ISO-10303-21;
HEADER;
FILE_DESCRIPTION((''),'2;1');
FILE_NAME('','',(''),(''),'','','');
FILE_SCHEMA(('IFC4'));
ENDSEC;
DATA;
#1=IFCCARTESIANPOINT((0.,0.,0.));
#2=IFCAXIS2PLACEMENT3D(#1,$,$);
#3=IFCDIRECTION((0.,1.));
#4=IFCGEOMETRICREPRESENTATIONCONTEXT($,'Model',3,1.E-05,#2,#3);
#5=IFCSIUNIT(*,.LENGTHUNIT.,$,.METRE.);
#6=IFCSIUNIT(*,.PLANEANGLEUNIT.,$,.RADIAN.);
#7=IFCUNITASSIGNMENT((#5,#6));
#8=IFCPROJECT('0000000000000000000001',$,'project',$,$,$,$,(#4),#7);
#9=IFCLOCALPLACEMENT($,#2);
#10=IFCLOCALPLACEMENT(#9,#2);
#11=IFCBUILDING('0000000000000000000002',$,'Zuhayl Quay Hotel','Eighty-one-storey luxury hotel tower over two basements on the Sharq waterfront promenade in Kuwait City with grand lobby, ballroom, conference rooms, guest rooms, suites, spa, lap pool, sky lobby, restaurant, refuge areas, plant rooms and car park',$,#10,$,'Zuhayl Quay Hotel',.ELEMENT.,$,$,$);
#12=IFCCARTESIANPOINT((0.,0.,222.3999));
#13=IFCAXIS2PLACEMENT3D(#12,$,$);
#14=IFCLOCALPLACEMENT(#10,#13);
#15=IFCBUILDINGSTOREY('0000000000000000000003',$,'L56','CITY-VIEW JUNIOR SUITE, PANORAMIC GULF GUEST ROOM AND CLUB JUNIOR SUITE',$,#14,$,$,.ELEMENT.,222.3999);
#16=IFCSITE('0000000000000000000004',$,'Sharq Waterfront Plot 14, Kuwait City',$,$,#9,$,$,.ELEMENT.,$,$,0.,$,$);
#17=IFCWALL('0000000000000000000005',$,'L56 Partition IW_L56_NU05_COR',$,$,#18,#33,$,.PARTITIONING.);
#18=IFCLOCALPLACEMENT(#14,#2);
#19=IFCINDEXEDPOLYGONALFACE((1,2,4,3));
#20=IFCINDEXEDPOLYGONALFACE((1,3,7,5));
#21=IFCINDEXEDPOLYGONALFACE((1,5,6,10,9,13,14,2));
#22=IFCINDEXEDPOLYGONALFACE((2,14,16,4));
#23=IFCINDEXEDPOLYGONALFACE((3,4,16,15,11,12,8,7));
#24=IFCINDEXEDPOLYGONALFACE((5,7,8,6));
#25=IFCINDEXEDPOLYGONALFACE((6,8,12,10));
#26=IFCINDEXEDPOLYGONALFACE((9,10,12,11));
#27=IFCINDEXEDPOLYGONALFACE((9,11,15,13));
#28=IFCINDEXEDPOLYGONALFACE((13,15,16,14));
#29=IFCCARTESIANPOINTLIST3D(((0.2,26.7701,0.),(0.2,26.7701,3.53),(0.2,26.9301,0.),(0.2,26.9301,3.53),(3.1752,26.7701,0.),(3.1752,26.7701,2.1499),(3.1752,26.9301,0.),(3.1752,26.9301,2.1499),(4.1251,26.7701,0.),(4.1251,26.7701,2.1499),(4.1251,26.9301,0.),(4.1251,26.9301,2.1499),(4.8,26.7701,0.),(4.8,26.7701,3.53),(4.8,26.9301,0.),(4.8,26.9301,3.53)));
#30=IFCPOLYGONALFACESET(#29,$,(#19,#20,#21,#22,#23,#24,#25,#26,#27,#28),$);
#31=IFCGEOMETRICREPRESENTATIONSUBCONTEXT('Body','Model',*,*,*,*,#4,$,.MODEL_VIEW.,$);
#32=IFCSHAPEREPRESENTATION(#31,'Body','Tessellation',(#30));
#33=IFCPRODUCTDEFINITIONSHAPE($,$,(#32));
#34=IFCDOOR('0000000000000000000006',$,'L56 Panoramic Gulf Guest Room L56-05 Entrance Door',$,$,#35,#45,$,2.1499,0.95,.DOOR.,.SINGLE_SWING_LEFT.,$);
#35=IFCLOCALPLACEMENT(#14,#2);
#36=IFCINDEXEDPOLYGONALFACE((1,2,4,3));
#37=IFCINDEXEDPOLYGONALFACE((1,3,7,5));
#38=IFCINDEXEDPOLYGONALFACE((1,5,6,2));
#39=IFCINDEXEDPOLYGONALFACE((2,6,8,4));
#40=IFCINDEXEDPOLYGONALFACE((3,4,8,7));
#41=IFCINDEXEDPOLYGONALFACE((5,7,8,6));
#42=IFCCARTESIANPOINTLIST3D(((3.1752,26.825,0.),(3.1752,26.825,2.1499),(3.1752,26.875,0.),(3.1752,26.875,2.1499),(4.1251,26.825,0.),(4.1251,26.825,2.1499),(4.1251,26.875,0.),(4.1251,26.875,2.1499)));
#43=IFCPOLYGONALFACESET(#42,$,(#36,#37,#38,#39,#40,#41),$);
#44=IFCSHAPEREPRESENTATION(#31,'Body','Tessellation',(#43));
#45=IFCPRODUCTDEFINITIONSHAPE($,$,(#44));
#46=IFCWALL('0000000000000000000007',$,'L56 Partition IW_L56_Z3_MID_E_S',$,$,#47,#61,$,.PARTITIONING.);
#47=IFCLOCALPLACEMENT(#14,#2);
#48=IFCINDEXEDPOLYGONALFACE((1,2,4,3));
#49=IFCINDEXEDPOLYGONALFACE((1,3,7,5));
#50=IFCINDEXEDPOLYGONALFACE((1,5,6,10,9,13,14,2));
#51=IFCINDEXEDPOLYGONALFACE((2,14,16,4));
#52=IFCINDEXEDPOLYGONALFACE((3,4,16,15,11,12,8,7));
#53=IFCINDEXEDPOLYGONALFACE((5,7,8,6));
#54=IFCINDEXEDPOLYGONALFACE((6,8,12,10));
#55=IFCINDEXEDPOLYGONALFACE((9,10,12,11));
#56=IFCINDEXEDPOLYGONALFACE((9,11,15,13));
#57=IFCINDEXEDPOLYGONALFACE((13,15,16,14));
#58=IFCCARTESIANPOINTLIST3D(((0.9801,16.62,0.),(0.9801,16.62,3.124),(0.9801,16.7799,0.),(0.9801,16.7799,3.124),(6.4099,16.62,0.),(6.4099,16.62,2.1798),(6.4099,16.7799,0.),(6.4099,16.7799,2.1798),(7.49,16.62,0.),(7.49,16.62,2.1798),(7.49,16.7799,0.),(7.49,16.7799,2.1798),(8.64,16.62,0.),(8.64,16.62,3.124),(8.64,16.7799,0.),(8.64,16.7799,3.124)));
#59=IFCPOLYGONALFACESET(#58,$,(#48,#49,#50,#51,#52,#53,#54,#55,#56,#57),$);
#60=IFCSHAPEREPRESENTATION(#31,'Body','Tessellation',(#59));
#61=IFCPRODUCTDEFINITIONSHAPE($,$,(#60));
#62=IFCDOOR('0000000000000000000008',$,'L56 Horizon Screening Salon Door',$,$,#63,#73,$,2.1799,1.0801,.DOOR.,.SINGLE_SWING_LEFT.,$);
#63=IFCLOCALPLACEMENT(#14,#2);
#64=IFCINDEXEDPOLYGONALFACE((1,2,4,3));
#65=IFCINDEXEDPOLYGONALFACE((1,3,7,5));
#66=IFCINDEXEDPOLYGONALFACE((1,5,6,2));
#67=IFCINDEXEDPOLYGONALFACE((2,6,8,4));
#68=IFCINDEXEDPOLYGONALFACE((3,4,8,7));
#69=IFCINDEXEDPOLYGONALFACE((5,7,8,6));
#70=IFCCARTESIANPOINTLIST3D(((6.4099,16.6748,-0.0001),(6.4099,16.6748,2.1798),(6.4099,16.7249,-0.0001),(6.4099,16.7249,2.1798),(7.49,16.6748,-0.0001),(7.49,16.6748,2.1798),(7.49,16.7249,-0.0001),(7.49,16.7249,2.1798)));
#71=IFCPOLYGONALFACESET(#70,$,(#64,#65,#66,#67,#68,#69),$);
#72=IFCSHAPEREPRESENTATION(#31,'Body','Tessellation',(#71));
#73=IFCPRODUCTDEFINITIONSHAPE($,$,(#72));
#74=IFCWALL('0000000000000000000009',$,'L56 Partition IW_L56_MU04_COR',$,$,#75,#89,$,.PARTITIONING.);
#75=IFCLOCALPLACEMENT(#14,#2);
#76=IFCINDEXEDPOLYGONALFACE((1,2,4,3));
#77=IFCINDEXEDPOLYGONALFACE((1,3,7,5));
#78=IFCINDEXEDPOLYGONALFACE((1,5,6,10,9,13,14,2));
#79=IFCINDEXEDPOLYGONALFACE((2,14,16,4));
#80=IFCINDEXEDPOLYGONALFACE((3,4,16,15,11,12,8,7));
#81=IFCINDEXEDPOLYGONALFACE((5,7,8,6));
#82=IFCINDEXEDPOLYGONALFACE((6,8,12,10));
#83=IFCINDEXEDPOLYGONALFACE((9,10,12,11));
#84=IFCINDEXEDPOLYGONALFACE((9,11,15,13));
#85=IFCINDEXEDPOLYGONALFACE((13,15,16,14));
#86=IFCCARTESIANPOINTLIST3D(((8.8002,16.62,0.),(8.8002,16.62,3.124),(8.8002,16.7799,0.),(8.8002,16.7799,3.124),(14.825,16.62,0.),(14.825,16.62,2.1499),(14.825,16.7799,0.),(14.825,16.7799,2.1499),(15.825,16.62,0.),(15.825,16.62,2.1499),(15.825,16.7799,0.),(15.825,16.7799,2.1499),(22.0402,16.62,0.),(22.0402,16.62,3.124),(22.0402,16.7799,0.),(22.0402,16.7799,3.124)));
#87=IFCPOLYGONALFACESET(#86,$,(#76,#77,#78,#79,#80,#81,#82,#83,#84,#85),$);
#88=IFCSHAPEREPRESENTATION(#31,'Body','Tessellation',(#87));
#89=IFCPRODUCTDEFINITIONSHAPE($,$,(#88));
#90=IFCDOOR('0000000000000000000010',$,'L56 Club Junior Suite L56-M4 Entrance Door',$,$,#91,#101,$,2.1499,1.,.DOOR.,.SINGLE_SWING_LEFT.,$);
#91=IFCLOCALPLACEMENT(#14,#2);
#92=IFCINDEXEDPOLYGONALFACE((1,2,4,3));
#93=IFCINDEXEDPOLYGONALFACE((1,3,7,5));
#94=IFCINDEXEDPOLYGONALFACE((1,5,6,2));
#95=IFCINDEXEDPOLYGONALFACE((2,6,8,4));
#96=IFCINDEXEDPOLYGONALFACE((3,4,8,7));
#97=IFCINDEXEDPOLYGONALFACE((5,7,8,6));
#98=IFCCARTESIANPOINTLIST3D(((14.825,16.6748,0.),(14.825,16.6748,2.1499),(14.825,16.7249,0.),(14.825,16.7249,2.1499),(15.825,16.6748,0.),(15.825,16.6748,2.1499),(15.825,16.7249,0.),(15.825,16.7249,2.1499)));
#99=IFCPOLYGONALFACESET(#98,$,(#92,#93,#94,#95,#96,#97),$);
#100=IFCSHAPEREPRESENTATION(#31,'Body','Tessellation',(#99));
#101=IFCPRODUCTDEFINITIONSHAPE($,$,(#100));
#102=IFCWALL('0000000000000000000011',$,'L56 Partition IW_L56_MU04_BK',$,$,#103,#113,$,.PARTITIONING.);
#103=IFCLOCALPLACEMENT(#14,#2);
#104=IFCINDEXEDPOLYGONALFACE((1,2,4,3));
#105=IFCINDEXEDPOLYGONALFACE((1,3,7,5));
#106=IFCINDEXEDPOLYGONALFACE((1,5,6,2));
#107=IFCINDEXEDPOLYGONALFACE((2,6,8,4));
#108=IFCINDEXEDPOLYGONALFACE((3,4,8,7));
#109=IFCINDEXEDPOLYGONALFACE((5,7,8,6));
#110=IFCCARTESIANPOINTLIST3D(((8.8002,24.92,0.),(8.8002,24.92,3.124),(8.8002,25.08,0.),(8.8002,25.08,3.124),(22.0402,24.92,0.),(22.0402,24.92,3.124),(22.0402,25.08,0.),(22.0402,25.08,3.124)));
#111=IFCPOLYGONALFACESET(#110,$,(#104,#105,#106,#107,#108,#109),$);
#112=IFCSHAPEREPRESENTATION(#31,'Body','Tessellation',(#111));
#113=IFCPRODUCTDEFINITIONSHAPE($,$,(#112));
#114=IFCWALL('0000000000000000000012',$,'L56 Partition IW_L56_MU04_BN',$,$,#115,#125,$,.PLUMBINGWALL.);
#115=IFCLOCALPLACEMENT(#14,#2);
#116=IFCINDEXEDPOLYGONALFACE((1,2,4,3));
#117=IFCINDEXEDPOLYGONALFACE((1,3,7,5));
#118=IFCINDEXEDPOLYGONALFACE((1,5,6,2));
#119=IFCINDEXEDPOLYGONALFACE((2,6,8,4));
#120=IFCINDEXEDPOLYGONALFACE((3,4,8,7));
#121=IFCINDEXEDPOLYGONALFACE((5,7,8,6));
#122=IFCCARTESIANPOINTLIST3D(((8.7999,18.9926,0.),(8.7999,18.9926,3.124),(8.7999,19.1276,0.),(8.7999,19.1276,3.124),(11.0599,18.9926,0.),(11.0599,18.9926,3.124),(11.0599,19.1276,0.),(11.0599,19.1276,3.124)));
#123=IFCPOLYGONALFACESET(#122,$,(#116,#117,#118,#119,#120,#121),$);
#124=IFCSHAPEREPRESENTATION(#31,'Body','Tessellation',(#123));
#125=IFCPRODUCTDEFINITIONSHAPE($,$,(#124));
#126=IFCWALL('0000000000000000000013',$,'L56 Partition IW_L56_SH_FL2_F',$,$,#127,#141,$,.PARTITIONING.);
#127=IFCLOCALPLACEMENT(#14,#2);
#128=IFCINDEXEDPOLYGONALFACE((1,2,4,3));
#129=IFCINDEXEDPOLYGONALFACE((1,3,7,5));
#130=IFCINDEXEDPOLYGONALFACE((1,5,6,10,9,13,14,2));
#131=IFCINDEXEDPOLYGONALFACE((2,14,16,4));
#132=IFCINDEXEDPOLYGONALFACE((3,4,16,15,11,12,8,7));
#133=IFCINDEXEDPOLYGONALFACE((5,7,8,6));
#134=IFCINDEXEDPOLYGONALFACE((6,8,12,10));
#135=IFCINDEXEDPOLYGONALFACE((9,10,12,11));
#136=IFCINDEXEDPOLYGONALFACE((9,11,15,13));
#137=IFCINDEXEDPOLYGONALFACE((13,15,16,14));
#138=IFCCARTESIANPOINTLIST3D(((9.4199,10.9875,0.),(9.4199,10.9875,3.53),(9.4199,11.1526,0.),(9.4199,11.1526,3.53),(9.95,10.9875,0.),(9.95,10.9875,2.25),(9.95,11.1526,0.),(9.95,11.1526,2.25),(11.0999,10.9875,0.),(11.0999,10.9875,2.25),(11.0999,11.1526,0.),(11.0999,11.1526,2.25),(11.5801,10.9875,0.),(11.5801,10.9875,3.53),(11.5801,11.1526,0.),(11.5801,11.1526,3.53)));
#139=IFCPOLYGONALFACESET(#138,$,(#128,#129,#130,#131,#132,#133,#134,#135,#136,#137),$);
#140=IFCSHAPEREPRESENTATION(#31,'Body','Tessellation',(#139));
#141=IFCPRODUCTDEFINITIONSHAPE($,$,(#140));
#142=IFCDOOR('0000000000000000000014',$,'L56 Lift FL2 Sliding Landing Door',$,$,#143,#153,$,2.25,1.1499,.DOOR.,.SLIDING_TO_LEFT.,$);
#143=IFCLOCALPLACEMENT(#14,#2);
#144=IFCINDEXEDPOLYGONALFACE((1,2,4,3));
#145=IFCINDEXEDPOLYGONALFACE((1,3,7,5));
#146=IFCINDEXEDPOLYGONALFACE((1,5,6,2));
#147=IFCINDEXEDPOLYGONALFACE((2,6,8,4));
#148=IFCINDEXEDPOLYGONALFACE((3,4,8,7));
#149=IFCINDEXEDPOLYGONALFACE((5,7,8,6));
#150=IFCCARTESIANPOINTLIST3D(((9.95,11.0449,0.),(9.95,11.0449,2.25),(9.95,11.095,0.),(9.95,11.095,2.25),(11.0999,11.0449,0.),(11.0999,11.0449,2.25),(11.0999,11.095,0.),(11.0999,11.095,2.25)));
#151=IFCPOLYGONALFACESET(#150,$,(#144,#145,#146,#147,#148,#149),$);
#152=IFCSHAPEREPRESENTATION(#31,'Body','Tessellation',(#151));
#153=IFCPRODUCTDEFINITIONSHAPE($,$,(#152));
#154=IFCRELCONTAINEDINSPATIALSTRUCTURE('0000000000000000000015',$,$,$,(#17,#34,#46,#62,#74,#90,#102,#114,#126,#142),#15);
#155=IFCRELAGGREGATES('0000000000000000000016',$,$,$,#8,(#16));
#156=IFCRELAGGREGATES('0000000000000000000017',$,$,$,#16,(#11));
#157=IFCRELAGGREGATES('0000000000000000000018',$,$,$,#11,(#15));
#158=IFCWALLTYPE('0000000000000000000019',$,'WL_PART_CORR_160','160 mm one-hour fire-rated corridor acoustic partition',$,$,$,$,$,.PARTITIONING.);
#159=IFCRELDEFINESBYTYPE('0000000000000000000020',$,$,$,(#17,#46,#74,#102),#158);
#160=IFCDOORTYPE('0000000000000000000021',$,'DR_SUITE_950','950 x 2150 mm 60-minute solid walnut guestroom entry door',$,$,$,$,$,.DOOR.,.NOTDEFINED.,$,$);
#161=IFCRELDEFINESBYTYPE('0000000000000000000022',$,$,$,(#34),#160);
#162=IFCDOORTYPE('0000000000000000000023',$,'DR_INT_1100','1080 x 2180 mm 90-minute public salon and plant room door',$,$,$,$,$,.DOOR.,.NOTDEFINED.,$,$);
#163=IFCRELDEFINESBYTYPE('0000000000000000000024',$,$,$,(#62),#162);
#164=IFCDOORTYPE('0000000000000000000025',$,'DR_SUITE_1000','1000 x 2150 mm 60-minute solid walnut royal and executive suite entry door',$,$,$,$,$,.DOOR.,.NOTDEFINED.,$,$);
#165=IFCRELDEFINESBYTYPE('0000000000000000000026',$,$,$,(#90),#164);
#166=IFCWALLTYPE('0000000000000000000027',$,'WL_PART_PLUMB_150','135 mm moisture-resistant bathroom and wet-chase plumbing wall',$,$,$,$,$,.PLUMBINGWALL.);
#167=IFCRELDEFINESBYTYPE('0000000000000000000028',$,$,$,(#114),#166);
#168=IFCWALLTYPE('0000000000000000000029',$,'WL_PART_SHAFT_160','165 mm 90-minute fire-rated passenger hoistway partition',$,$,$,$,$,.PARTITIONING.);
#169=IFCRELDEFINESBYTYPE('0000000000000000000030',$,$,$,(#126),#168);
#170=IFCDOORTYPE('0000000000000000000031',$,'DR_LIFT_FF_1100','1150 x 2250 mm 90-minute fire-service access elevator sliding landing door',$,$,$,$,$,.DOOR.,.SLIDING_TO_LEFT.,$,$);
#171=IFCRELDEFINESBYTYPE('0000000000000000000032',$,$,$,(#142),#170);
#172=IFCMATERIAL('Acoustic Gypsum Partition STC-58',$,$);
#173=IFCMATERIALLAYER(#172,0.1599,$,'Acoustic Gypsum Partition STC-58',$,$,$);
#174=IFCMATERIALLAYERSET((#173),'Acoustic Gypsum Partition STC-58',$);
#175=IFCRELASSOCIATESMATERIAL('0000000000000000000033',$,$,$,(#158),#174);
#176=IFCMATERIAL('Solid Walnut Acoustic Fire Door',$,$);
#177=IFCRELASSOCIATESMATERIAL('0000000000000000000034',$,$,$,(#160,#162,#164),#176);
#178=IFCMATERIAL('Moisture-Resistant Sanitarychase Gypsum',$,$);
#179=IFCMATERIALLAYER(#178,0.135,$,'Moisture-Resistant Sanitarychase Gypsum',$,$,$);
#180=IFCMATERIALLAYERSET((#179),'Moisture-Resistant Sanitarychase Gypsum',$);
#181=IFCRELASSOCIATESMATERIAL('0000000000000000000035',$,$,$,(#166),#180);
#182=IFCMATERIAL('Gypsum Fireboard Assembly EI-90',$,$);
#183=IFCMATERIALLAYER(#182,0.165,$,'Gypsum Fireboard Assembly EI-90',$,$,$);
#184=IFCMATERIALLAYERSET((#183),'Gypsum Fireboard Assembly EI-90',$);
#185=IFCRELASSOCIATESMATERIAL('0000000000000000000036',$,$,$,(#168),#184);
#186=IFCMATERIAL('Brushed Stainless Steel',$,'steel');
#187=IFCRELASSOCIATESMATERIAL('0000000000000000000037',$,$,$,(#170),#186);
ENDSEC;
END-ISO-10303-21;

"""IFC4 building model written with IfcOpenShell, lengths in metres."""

from ifc_helpers import new_model, si_unit, direction, frame, frame_2d, origin, place, context, subcontext, project, spatial, rectangle, extrude, material, layer, layer_set, type_object, element, fill, save


model = new_model("IFC4")

# Units and contexts
model_context = context("Model", 3, precision=1e-05, world=origin(), true_north=direction((0.0, 1.0)))
body_context = subcontext(model_context, "Body", "Model", "MODEL_VIEW")
ifc_project = project(units=[si_unit("LENGTHUNIT", "METRE"), si_unit("PLANEANGLEUNIT", "RADIAN")], contexts=[model_context])

# Site, building, storey
site_placement = place(None, origin())
site = spatial("IfcSite", under=ifc_project, at=site_placement, Name="Sharq Waterfront Plot 14, Kuwait City", CompositionType="ELEMENT", RefElevation=0.0)
building_placement = place(site_placement, origin())
building = spatial("IfcBuilding", under=site, at=building_placement, Name="Zuhayl Quay Hotel", Description="Eighty-one-storey luxury hotel tower over two basements on the Sharq waterfront promenade in Kuwait City with grand lobby, ballroom, conference rooms, guest rooms, suites, spa, lap pool, sky lobby, restaurant, refuge areas, plant rooms and car park", LongName="Zuhayl Quay Hotel", CompositionType="ELEMENT")
storey_placement = place(building_placement, frame((0.0, 0.0, 222.3999)))
storey = spatial("IfcBuildingStorey", under=building, at=storey_placement, Name="L56", Description="CITY-VIEW JUNIOR SUITE, PANORAMIC GULF GUEST ROOM AND CLUB JUNIOR SUITE", CompositionType="ELEMENT", Elevation=222.3999)

# Shared definitions
ifc_material_1 = material(Name="Acoustic Gypsum Partition STC-58")

# Walls, openings, doors
ifc_layer_1 = layer(ifc_material_1, 0.1599, Name="Acoustic Gypsum Partition STC-58")
ifc_layer_set_1 = layer_set([ifc_layer_1], Name="Acoustic Gypsum Partition STC-58")
wall_type_1 = type_object("IfcWallType", Name="WL_PART_CORR_160", Description="160 mm one-hour fire-rated corridor acoustic partition", PredefinedType="PARTITIONING", material=ifc_layer_set_1)
wall_1_placement = place(storey_placement, frame((0.2, 26.8501, 0.0), z_axis=(0.0, 0.0, 1.0), x_axis=(1.0, 0.0, 0.0)))
wall_1 = element("IfcWall", 1, at=wall_1_placement, inside=storey, type_object=wall_type_1, Name="L56 Partition IW_L56_NU05_COR", PredefinedType="PARTITIONING", context=body_context, shape_type="SweptSolid", body=[
    extrude(rectangle(XDim=4.6001, YDim=0.1599, at=frame_2d((2.3, 0.0))), origin(), (0.0, 0.0, 1.0), 3.53),
])
opening_1_placement = place(wall_1_placement, frame((2.9751, 0.0, 0.0)))
opening_1 = element("IfcOpeningElement", 2, at=opening_1_placement, cuts=wall_1, PredefinedType="OPENING", context=body_context, shape_type="SweptSolid", body=[
    extrude(rectangle(XDim=0.95, YDim=2.1499, at=frame_2d((0.4751, 1.075))), frame((0.0, 0.0898, 0.0), z_axis=(0.0, -1.0, 0.0), x_axis=(1.0, 0.0, 0.0)), (0.0, 0.0, 1.0), 0.1799),
])
ifc_material_2 = material(Name="Solid Walnut Acoustic Fire Door")
door_type_1 = type_object("IfcDoorType", Name="DR_SUITE_950", Description="950 x 2150 mm 60-minute solid walnut guestroom entry door", OperationType="NOTDEFINED", PredefinedType="DOOR", material=ifc_material_2)
door_1_placement = place(opening_1_placement, origin())
door_1 = element("IfcDoor", 3, at=door_1_placement, inside=storey, type_object=door_type_1, Name="L56 Panoramic Gulf Guest Room L56-05 Entrance Door", OperationType="SINGLE_SWING_LEFT", OverallHeight=2.1499, OverallWidth=0.95, PredefinedType="DOOR", context=body_context, shape_type="SweptSolid", body=[
    extrude(rectangle(XDim=0.95, YDim=2.1499, at=frame_2d((0.4751, 1.075))), frame((0.0, 0.0249, 0.0), z_axis=(0.0, -1.0, 0.0), x_axis=(1.0, 0.0, 0.0)), (0.0, 0.0, 1.0), 0.05),
])
fill(opening_1, door_1)
wall_2_placement = place(storey_placement, frame((0.98, 16.7, 0.0), z_axis=(0.0, 0.0, 1.0), x_axis=(1.0, 0.0, 0.0)))
wall_2 = element("IfcWall", 4, at=wall_2_placement, inside=storey, type_object=wall_type_1, Name="L56 Partition IW_L56_Z3_MID_E_S", PredefinedType="PARTITIONING", context=body_context, shape_type="SweptSolid", body=[
    extrude(rectangle(XDim=7.6599, YDim=0.1599, at=frame_2d((3.8301, 0.0))), origin(), (0.0, 0.0, 1.0), 3.124),
])
opening_2_placement = place(wall_2_placement, frame((5.4299, 0.0, 0.0)))
opening_2 = element("IfcOpeningElement", 5, at=opening_2_placement, cuts=wall_2, PredefinedType="OPENING", context=body_context, shape_type="SweptSolid", body=[
    extrude(rectangle(XDim=1.0801, YDim=2.1799, at=frame_2d((0.54, 1.0898))), frame((0.0, 0.0898, 0.0), z_axis=(0.0, -1.0, 0.0), x_axis=(1.0, 0.0, 0.0)), (0.0, 0.0, 1.0), 0.1799),
])
door_type_2 = type_object("IfcDoorType", Name="DR_INT_1100", Description="1080 x 2180 mm 90-minute public salon and plant room door", OperationType="NOTDEFINED", PredefinedType="DOOR", material=ifc_material_2)
door_2_placement = place(opening_2_placement, origin())
door_2 = element("IfcDoor", 6, at=door_2_placement, inside=storey, type_object=door_type_2, Name="L56 Horizon Screening Salon Door", OperationType="SINGLE_SWING_LEFT", OverallHeight=2.1799, OverallWidth=1.0801, PredefinedType="DOOR", context=body_context, shape_type="SweptSolid", body=[
    extrude(rectangle(XDim=1.0801, YDim=2.1799, at=frame_2d((0.54, 1.0898))), frame((0.0, 0.0249, 0.0), z_axis=(0.0, -1.0, 0.0), x_axis=(1.0, 0.0, 0.0)), (0.0, 0.0, 1.0), 0.05),
])
fill(opening_2, door_2)
wall_3_placement = place(storey_placement, frame((8.8, 16.7, 0.0), z_axis=(0.0, 0.0, 1.0), x_axis=(1.0, 0.0, 0.0)))
wall_3 = element("IfcWall", 7, at=wall_3_placement, inside=storey, type_object=wall_type_1, Name="L56 Partition IW_L56_MU04_COR", PredefinedType="PARTITIONING", context=body_context, shape_type="SweptSolid", body=[
    extrude(rectangle(XDim=13.24, YDim=0.1599, at=frame_2d((6.6201, 0.0))), origin(), (0.0, 0.0, 1.0), 3.124),
])
opening_3_placement = place(wall_3_placement, frame((6.0249, 0.0, 0.0)))
opening_3 = element("IfcOpeningElement", 8, at=opening_3_placement, cuts=wall_3, PredefinedType="OPENING", context=body_context, shape_type="SweptSolid", body=[
    extrude(rectangle(XDim=1.0, YDim=2.1499, at=frame_2d((0.5, 1.075))), frame((0.0, 0.0898, 0.0), z_axis=(0.0, -1.0, 0.0), x_axis=(1.0, 0.0, 0.0)), (0.0, 0.0, 1.0), 0.1799),
])
door_type_3 = type_object("IfcDoorType", Name="DR_SUITE_1000", Description="1000 x 2150 mm 60-minute solid walnut royal and executive suite entry door", OperationType="NOTDEFINED", PredefinedType="DOOR", material=ifc_material_2)
door_3_placement = place(opening_3_placement, origin())
door_3 = element("IfcDoor", 9, at=door_3_placement, inside=storey, type_object=door_type_3, Name="L56 Club Junior Suite L56-M4 Entrance Door", OperationType="SINGLE_SWING_LEFT", OverallHeight=2.1499, OverallWidth=1.0, PredefinedType="DOOR", context=body_context, shape_type="SweptSolid", body=[
    extrude(rectangle(XDim=1.0, YDim=2.1499, at=frame_2d((0.5, 1.075))), frame((0.0, 0.0249, 0.0), z_axis=(0.0, -1.0, 0.0), x_axis=(1.0, 0.0, 0.0)), (0.0, 0.0, 1.0), 0.05),
])
fill(opening_3, door_3)

# Walls
wall_4_placement = place(storey_placement, frame((8.8, 25.0, 0.0), z_axis=(0.0, 0.0, 1.0), x_axis=(1.0, 0.0, 0.0)))
element("IfcWall", 10, at=wall_4_placement, inside=storey, type_object=wall_type_1, Name="L56 Partition IW_L56_MU04_BK", PredefinedType="PARTITIONING", context=body_context, shape_type="SweptSolid", body=[
    extrude(rectangle(XDim=13.24, YDim=0.1599, at=frame_2d((6.6201, 0.0))), origin(), (0.0, 0.0, 1.0), 3.124),
])
ifc_material_3 = material(Name="Moisture-Resistant Sanitarychase Gypsum")
ifc_layer_2 = layer(ifc_material_3, 0.135, Name="Moisture-Resistant Sanitarychase Gypsum")
ifc_layer_set_2 = layer_set([ifc_layer_2], Name="Moisture-Resistant Sanitarychase Gypsum")
wall_type_2 = type_object("IfcWallType", Name="WL_PART_PLUMB_150", Description="135 mm moisture-resistant bathroom and wet-chase plumbing wall", PredefinedType="PLUMBINGWALL", material=ifc_layer_set_2)
wall_5_placement = place(storey_placement, frame((8.8, 19.0601, 0.0), z_axis=(0.0, 0.0, 1.0), x_axis=(1.0, 0.0, 0.0)))
element("IfcWall", 11, at=wall_5_placement, inside=storey, type_object=wall_type_2, Name="L56 Partition IW_L56_MU04_BN", PredefinedType="PLUMBINGWALL", context=body_context, shape_type="SweptSolid", body=[
    extrude(rectangle(XDim=2.26, YDim=0.135, at=frame_2d((1.1299, 0.0))), origin(), (0.0, 0.0, 1.0), 3.124),
])

# Wall, opening, door
ifc_material_4 = material(Name="Gypsum Fireboard Assembly EI-90")
ifc_layer_3 = layer(ifc_material_4, 0.165, Name="Gypsum Fireboard Assembly EI-90")
ifc_layer_set_3 = layer_set([ifc_layer_3], Name="Gypsum Fireboard Assembly EI-90")
wall_type_3 = type_object("IfcWallType", Name="WL_PART_SHAFT_160", Description="165 mm 90-minute fire-rated passenger hoistway partition", PredefinedType="PARTITIONING", material=ifc_layer_set_3)
wall_6_placement = place(storey_placement, frame((9.4199, 11.0701, 0.0), z_axis=(0.0, 0.0, 1.0), x_axis=(1.0, 0.0, 0.0)))
wall_6 = element("IfcWall", 12, at=wall_6_placement, inside=storey, type_object=wall_type_3, Name="L56 Partition IW_L56_SH_FL2_F", PredefinedType="PARTITIONING", context=body_context, shape_type="SweptSolid", body=[
    extrude(rectangle(XDim=2.1602, YDim=0.165, at=frame_2d((1.0801, 0.0))), origin(), (0.0, 0.0, 1.0), 3.53),
])
opening_4_placement = place(wall_6_placement, frame((0.53, 0.0, 0.0)))
opening_4 = element("IfcOpeningElement", 13, at=opening_4_placement, cuts=wall_6, PredefinedType="OPENING", context=body_context, shape_type="SweptSolid", body=[
    extrude(rectangle(XDim=1.1499, YDim=2.25, at=frame_2d((0.575, 1.125))), frame((0.0, 0.0925, 0.0), z_axis=(0.0, -1.0, 0.0), x_axis=(1.0, 0.0, 0.0)), (0.0, 0.0, 1.0), 0.1851),
])
ifc_material_5 = material(Name="Brushed Stainless Steel", Category="steel")
door_type_4 = type_object("IfcDoorType", Name="DR_LIFT_FF_1100", Description="1150 x 2250 mm 90-minute fire-service access elevator sliding landing door", OperationType="SLIDING_TO_LEFT", PredefinedType="DOOR", material=ifc_material_5)
door_4_placement = place(opening_4_placement, origin())
door_4 = element("IfcDoor", 14, at=door_4_placement, inside=storey, type_object=door_type_4, Name="L56 Lift FL2 Sliding Landing Door", OperationType="SLIDING_TO_LEFT", OverallHeight=2.25, OverallWidth=1.1499, PredefinedType="DOOR", context=body_context, shape_type="SweptSolid", body=[
    extrude(rectangle(XDim=1.1499, YDim=2.25, at=frame_2d((0.575, 1.125))), frame((0.0, 0.0249, 0.0), z_axis=(0.0, -1.0, 0.0), x_axis=(1.0, 0.0, 0.0)), (0.0, 0.0, 1.0), 0.05),
])
fill(opening_4, door_4)

save(model, "model.ifc")
